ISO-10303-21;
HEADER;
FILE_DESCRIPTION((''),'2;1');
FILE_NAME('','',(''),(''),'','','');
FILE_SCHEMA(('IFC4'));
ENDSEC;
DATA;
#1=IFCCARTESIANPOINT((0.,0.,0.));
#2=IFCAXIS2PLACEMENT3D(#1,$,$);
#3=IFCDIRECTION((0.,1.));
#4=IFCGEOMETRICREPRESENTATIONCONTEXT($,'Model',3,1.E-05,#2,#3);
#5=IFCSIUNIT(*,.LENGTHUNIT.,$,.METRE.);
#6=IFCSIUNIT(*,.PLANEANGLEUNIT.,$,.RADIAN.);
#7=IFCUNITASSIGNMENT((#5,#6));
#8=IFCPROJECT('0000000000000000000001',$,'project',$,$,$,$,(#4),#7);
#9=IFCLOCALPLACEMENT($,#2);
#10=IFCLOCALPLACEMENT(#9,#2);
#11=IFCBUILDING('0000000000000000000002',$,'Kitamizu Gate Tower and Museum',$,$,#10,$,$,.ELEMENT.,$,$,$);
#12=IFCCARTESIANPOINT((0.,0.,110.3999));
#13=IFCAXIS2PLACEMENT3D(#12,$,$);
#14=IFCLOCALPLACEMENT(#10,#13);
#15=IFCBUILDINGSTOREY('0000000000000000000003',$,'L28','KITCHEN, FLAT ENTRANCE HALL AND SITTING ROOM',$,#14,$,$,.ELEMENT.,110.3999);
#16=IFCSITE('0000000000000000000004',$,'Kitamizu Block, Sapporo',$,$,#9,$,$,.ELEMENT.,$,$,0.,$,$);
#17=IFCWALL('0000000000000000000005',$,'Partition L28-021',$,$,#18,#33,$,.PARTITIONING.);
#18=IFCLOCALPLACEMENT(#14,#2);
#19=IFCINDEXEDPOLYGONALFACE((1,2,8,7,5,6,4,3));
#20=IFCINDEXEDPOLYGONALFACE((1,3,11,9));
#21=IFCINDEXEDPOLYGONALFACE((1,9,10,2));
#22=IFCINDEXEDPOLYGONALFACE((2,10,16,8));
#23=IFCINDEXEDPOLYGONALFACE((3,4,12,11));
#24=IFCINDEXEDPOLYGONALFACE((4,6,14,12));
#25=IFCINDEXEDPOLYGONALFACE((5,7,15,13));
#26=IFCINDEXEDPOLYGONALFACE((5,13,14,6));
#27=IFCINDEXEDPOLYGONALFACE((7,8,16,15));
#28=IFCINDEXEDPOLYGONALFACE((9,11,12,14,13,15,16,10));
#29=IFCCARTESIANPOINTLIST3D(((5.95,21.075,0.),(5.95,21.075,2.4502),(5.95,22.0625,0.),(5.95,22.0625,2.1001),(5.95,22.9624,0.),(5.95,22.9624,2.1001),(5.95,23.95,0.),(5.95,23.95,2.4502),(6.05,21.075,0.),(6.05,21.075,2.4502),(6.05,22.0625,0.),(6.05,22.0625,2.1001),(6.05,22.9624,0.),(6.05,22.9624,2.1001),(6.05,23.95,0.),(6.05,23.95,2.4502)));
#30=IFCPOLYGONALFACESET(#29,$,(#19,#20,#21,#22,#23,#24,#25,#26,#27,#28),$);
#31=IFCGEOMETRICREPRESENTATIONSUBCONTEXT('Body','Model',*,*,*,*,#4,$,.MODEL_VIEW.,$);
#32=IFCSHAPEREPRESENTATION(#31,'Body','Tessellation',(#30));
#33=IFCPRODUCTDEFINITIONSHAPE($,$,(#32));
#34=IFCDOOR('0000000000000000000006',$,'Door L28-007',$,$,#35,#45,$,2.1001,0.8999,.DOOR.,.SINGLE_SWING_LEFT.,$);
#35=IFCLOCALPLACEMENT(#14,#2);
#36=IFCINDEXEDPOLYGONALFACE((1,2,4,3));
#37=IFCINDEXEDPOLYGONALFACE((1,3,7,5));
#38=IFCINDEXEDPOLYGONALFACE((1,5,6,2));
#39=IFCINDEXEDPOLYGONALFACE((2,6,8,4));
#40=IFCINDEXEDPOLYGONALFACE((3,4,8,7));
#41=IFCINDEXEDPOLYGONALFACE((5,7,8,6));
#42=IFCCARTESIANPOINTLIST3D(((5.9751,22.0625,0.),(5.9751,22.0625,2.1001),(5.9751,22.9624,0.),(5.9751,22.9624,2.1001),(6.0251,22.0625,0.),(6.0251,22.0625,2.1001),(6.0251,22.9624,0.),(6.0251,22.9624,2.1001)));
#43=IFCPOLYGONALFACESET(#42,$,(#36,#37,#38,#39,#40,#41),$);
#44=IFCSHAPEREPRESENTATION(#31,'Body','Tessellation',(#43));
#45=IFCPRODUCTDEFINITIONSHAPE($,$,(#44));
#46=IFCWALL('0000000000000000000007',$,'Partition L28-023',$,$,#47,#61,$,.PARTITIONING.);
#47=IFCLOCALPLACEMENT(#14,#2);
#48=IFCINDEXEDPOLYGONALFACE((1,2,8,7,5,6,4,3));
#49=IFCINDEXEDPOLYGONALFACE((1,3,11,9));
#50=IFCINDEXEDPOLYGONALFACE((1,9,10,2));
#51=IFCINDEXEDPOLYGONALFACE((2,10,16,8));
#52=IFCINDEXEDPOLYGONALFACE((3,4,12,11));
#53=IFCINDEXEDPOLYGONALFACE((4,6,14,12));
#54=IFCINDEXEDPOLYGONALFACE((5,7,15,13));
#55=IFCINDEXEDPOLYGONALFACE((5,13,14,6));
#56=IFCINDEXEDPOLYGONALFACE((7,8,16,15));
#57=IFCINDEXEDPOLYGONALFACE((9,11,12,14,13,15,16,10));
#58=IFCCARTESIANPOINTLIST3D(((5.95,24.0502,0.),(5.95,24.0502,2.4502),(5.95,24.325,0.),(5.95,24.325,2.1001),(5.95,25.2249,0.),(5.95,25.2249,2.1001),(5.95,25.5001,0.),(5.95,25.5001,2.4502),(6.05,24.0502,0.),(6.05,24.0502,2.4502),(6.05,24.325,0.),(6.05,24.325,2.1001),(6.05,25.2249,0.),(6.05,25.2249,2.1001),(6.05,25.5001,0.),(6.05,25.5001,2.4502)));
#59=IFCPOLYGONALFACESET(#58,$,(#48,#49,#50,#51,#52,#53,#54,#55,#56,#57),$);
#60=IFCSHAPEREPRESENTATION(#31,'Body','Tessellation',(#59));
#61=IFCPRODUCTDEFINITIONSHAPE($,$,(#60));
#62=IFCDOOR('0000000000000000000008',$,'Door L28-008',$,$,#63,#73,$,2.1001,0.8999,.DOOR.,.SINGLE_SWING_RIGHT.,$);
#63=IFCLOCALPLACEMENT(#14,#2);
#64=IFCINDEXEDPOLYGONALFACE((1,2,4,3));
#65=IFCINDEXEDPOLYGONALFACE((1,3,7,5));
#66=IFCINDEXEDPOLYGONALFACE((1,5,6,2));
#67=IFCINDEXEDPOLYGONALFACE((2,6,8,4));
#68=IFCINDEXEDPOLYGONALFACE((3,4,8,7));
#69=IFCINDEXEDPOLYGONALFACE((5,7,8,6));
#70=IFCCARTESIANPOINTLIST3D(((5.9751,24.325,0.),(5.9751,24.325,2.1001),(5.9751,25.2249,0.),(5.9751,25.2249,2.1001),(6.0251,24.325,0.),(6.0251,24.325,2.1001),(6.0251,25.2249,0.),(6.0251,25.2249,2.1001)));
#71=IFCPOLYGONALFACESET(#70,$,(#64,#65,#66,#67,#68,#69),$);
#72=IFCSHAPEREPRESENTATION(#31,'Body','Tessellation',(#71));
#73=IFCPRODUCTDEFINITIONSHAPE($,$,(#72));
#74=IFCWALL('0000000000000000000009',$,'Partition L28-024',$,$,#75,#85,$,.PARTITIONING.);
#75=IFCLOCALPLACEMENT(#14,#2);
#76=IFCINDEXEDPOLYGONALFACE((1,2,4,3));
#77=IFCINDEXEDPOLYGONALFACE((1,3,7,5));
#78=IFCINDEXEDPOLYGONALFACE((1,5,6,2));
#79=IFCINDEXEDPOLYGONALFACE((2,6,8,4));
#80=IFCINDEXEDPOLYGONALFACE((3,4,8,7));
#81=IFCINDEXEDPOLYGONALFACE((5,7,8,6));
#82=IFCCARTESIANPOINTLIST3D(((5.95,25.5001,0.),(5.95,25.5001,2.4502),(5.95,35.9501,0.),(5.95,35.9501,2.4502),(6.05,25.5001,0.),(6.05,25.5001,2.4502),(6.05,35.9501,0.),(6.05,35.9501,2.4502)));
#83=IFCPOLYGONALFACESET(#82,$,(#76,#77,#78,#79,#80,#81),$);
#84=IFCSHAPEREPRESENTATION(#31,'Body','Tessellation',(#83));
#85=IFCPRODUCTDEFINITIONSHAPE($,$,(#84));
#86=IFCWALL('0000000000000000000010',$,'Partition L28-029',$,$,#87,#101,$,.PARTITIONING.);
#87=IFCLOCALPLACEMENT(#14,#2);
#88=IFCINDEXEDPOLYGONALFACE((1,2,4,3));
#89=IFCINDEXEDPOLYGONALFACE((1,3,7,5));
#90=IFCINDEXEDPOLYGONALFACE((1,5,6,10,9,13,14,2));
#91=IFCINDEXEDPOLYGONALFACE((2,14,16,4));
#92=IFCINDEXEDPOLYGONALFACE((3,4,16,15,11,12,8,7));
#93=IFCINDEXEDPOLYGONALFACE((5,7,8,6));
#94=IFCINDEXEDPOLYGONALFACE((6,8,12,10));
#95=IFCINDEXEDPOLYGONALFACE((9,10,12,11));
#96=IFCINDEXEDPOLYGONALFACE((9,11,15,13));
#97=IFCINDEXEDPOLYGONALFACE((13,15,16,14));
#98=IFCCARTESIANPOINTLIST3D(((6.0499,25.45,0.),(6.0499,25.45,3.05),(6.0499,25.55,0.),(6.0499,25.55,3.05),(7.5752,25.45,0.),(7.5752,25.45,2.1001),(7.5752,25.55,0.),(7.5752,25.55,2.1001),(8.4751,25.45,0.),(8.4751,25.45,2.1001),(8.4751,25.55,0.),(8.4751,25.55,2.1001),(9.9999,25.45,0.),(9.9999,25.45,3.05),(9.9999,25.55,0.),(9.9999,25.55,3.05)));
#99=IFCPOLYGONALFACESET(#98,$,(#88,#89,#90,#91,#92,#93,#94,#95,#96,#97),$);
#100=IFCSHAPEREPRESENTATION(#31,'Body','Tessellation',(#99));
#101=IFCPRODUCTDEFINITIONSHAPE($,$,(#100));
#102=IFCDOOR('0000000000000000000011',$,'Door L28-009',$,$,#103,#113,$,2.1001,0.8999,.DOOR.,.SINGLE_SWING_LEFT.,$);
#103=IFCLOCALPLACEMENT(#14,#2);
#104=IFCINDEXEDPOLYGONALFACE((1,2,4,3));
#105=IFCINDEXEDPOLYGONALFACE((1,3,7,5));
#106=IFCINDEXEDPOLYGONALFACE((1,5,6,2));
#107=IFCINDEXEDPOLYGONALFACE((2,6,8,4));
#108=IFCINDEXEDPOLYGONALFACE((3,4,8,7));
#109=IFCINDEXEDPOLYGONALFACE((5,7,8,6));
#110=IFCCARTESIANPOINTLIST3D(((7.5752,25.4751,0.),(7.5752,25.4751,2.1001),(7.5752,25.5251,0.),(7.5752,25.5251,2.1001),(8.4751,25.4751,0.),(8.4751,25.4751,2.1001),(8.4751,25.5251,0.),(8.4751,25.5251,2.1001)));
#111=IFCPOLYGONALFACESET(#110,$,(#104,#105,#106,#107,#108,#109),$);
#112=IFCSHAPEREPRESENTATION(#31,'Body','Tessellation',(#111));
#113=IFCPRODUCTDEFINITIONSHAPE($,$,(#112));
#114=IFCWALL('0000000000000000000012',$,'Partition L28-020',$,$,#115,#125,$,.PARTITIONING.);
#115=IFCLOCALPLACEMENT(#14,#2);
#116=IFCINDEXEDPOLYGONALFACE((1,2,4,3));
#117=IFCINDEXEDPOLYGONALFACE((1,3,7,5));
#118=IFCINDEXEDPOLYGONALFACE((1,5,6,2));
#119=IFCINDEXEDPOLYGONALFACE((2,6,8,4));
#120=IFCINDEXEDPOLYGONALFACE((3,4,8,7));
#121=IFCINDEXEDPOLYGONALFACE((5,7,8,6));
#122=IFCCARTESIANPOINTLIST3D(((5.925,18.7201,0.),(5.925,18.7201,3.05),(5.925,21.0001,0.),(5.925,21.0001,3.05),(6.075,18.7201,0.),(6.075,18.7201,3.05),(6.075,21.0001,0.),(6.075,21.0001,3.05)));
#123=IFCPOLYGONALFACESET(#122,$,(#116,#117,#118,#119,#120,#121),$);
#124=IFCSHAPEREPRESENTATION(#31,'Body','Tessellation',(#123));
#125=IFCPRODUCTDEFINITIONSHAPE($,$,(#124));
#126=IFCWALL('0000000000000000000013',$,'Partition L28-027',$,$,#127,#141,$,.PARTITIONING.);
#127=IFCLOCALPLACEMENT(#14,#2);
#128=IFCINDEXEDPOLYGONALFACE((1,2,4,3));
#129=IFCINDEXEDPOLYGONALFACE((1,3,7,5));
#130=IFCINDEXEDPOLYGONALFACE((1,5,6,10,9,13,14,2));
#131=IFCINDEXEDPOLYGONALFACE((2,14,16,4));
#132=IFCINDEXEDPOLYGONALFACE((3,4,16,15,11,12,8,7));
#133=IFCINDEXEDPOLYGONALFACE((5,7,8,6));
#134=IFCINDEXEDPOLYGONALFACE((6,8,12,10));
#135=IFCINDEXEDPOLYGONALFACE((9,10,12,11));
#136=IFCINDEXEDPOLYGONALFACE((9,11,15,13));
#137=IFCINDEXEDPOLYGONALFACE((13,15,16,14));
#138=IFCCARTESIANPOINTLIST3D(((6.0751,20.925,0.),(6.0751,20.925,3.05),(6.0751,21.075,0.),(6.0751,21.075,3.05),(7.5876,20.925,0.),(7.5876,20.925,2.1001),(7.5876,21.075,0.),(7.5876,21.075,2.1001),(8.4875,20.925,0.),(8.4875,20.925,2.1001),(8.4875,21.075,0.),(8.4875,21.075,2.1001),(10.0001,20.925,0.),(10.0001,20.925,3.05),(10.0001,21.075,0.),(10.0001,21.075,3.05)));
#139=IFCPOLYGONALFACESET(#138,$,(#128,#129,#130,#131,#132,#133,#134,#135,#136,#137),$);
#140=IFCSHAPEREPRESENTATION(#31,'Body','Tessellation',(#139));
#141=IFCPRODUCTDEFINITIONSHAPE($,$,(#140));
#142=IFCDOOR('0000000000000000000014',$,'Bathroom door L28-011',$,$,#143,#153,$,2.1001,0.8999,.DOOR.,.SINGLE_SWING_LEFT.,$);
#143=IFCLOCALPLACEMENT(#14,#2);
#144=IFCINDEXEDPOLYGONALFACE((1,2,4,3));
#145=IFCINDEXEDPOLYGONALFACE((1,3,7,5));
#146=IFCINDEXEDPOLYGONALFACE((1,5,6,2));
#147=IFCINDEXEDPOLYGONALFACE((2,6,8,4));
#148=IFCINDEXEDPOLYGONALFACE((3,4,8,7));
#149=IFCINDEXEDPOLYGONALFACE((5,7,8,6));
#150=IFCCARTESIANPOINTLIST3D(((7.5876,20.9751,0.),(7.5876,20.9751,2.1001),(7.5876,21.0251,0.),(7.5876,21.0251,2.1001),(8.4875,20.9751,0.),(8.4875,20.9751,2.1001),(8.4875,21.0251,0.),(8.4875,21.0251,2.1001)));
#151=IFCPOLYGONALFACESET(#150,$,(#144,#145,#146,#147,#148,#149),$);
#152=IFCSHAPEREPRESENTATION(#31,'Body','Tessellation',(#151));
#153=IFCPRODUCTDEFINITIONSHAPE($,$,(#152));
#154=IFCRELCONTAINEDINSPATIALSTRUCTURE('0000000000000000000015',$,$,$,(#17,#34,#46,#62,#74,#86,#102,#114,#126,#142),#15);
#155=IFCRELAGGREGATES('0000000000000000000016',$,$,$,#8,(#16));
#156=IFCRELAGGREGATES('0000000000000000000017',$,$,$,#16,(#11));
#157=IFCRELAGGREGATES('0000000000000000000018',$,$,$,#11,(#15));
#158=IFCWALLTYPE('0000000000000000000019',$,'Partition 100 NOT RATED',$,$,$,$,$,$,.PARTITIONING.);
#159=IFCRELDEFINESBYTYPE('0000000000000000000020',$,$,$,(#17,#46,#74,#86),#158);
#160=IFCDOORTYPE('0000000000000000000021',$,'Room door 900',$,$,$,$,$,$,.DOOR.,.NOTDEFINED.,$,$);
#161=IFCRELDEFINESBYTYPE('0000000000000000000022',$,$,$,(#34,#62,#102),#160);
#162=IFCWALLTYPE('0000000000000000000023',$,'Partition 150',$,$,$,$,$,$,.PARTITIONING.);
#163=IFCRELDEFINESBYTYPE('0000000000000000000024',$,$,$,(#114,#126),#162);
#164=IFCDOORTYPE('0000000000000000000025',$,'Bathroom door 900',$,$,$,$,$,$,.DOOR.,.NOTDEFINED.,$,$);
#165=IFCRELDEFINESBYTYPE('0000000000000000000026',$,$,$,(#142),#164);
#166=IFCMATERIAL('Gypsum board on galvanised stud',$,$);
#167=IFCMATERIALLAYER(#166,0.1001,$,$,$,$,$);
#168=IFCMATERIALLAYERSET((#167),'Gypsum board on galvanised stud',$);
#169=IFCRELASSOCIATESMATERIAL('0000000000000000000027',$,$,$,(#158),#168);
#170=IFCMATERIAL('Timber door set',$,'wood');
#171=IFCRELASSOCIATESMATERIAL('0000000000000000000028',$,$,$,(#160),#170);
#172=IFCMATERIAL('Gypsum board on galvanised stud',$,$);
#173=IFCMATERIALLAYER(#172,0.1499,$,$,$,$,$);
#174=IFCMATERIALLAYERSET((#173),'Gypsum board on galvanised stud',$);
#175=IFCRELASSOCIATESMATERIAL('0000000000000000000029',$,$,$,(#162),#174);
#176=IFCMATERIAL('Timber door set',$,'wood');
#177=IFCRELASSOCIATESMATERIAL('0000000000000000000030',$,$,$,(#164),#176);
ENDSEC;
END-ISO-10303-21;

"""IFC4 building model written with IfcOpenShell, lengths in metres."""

from ifc_helpers import new_model, si_unit, direction, frame, frame_2d, origin, place, context, subcontext, project, spatial, rectangle, extrude, material, layer, layer_set, type_object, element, fill, save


model = new_model("IFC4")

# Units and contexts
model_context = context("Model", 3, precision=1e-05, world=origin(), true_north=direction((0.0, 1.0)))
body_context = subcontext(model_context, "Body", "Model", "MODEL_VIEW")
ifc_project = project(units=[si_unit("LENGTHUNIT", "METRE"), si_unit("PLANEANGLEUNIT", "RADIAN")], contexts=[model_context])

# Site, building, storey
site_placement = place(None, origin())
site = spatial("IfcSite", under=ifc_project, at=site_placement, Name="Kitamizu Block, Sapporo", CompositionType="ELEMENT", RefElevation=0.0)
building_placement = place(site_placement, origin())
building = spatial("IfcBuilding", under=site, at=building_placement, Name="Kitamizu Gate Tower and Museum", CompositionType="ELEMENT")
storey_placement = place(building_placement, frame((0.0, 0.0, 110.3999)))
storey = spatial("IfcBuildingStorey", under=building, at=storey_placement, Name="L28", Description="KITCHEN, FLAT ENTRANCE HALL AND SITTING ROOM", CompositionType="ELEMENT", Elevation=110.3999)

# Shared definitions
ifc_material_1 = material(Name="Gypsum board on galvanised stud")
ifc_layer_1 = layer(ifc_material_1, 0.1001)
ifc_layer_set_1 = layer_set([ifc_layer_1], Name="Gypsum board on galvanised stud")
wall_type_1 = type_object("IfcWallType", Name="Partition 100 NOT RATED", PredefinedType="PARTITIONING", material=ifc_layer_set_1)

# Walls, openings, doors
wall_1_placement = place(storey_placement, frame((6.0, 21.075, 0.0), z_axis=(0.0, 0.0, 1.0), x_axis=(0.0, 1.0, 0.0)))
wall_1 = element("IfcWall", 1, at=wall_1_placement, inside=storey, type_object=wall_type_1, Name="Partition L28-021", PredefinedType="PARTITIONING", context=body_context, shape_type="SweptSolid", body=[
    extrude(rectangle(XDim=2.875, YDim=0.1001, at=frame_2d((1.4375, 0.0))), origin(), (0.0, 0.0, 1.0), 2.4502),
])
opening_1_placement = place(wall_1_placement, frame((0.9875, 0.0, 0.0)))
opening_1 = element("IfcOpeningElement", 2, at=opening_1_placement, cuts=wall_1, PredefinedType="OPENING", context=body_context, shape_type="SweptSolid", body=[
    extrude(rectangle(XDim=0.8999, YDim=2.1001, at=frame_2d((0.45, 1.05))), frame((0.0, 0.0601, 0.0), z_axis=(0.0, -1.0, 0.0), x_axis=(1.0, 0.0, 0.0)), (0.0, 0.0, 1.0), 0.1201),
])
ifc_material_2 = material(Name="Timber door set", Category="wood")
door_type_1 = type_object("IfcDoorType", Name="Room door 900", OperationType="NOTDEFINED", PredefinedType="DOOR", material=ifc_material_2)
door_1_placement = place(opening_1_placement, origin())
door_1 = element("IfcDoor", 3, at=door_1_placement, inside=storey, type_object=door_type_1, Name="Door L28-007", OperationType="SINGLE_SWING_LEFT", OverallHeight=2.1001, OverallWidth=0.8999, PredefinedType="DOOR", context=body_context, shape_type="SweptSolid", body=[
    extrude(rectangle(XDim=0.8999, YDim=2.1001, at=frame_2d((0.45, 1.05))), frame((0.0, 0.0249, 0.0), z_axis=(0.0, -1.0, 0.0), x_axis=(1.0, 0.0, 0.0)), (0.0, 0.0, 1.0), 0.05),
])
fill(opening_1, door_1)
wall_2_placement = place(storey_placement, frame((6.0, 24.05, 0.0), z_axis=(0.0, 0.0, 1.0), x_axis=(0.0, 1.0, 0.0)))
wall_2 = element("IfcWall", 4, at=wall_2_placement, inside=storey, type_object=wall_type_1, Name="Partition L28-023", PredefinedType="PARTITIONING", context=body_context, shape_type="SweptSolid", body=[
    extrude(rectangle(XDim=1.45, YDim=0.1001, at=frame_2d((0.7251, 0.0))), origin(), (0.0, 0.0, 1.0), 2.4502),
])
opening_2_placement = place(wall_2_placement, frame((0.2749, 0.0, 0.0)))
opening_2 = element("IfcOpeningElement", 5, at=opening_2_placement, cuts=wall_2, PredefinedType="OPENING", context=body_context, shape_type="SweptSolid", body=[
    extrude(rectangle(XDim=0.8999, YDim=2.1001, at=frame_2d((0.45, 1.05))), frame((0.0, 0.0601, 0.0), z_axis=(0.0, -1.0, 0.0), x_axis=(1.0, 0.0, 0.0)), (0.0, 0.0, 1.0), 0.1201),
])
door_2_placement = place(opening_2_placement, origin())
door_2 = element("IfcDoor", 6, at=door_2_placement, inside=storey, type_object=door_type_1, Name="Door L28-008", OperationType="SINGLE_SWING_RIGHT", OverallHeight=2.1001, OverallWidth=0.8999, PredefinedType="DOOR", context=body_context, shape_type="SweptSolid", body=[
    extrude(rectangle(XDim=0.8999, YDim=2.1001, at=frame_2d((0.45, 1.05))), frame((0.0, 0.0249, 0.0), z_axis=(0.0, -1.0, 0.0), x_axis=(1.0, 0.0, 0.0)), (0.0, 0.0, 1.0), 0.05),
])
fill(opening_2, door_2)

# Wall
wall_3_placement = place(storey_placement, frame((6.0, 25.5, 0.0), z_axis=(0.0, 0.0, 1.0), x_axis=(0.0, 1.0, 0.0)))
element("IfcWall", 7, at=wall_3_placement, inside=storey, type_object=wall_type_1, Name="Partition L28-024", PredefinedType="PARTITIONING", context=body_context, shape_type="SweptSolid", body=[
    extrude(rectangle(XDim=10.45, YDim=0.1001, at=frame_2d((5.2251, 0.0))), origin(), (0.0, 0.0, 1.0), 2.4502),
])

# Wall, opening, door
wall_4_placement = place(storey_placement, frame((10.0, 25.5, 0.0), z_axis=(0.0, 0.0, 1.0), x_axis=(-1.0, 0.0, 0.0)))
wall_4 = element("IfcWall", 8, at=wall_4_placement, inside=storey, type_object=wall_type_1, Name="Partition L28-029", PredefinedType="PARTITIONING", context=body_context, shape_type="SweptSolid", body=[
    extrude(rectangle(XDim=3.95, YDim=0.1001, at=frame_2d((1.9751, 0.0))), origin(), (0.0, 0.0, 1.0), 3.05),
])
opening_3_placement = place(wall_4_placement, frame((1.5249, 0.0, 0.0)))
opening_3 = element("IfcOpeningElement", 9, at=opening_3_placement, cuts=wall_4, PredefinedType="OPENING", context=body_context, shape_type="SweptSolid", body=[
    extrude(rectangle(XDim=0.8999, YDim=2.1001, at=frame_2d((0.45, 1.05))), frame((0.0, 0.0601, 0.0), z_axis=(0.0, -1.0, 0.0), x_axis=(1.0, 0.0, 0.0)), (0.0, 0.0, 1.0), 0.1201),
])
door_3_placement = place(opening_3_placement, origin())
door_3 = element("IfcDoor", 10, at=door_3_placement, inside=storey, type_object=door_type_1, Name="Door L28-009", OperationType="SINGLE_SWING_LEFT", OverallHeight=2.1001, OverallWidth=0.8999, PredefinedType="DOOR", context=body_context, shape_type="SweptSolid", body=[
    extrude(rectangle(XDim=0.8999, YDim=2.1001, at=frame_2d((0.45, 1.05))), frame((0.0, 0.0249, 0.0), z_axis=(0.0, -1.0, 0.0), x_axis=(1.0, 0.0, 0.0)), (0.0, 0.0, 1.0), 0.05),
])
fill(opening_3, door_3)

# Wall
ifc_material_3 = material(Name="Gypsum board on galvanised stud")
ifc_layer_2 = layer(ifc_material_3, 0.1499)
ifc_layer_set_2 = layer_set([ifc_layer_2], Name="Gypsum board on galvanised stud")
wall_type_2 = type_object("IfcWallType", Name="Partition 150", PredefinedType="PARTITIONING", material=ifc_layer_set_2)
wall_5_placement = place(storey_placement, frame((6.0, 18.72, 0.0), z_axis=(0.0, 0.0, 1.0), x_axis=(0.0, 1.0, 0.0)))
element("IfcWall", 11, at=wall_5_placement, inside=storey, type_object=wall_type_2, Name="Partition L28-020", PredefinedType="PARTITIONING", context=body_context, shape_type="SweptSolid", body=[
    extrude(rectangle(XDim=2.28, YDim=0.1499, at=frame_2d((1.1401, 0.0))), origin(), (0.0, 0.0, 1.0), 3.05),
])

# Wall, opening, door
wall_6_placement = place(storey_placement, frame((10.0, 21.0, 0.0), z_axis=(0.0, 0.0, 1.0), x_axis=(-1.0, 0.0, 0.0)))
wall_6 = element("IfcWall", 12, at=wall_6_placement, inside=storey, type_object=wall_type_2, Name="Partition L28-027", PredefinedType="PARTITIONING", context=body_context, shape_type="SweptSolid", body=[
    extrude(rectangle(XDim=3.925, YDim=0.1499, at=frame_2d((1.9624, 0.0))), origin(), (0.0, 0.0, 1.0), 3.05),
])
opening_4_placement = place(wall_6_placement, frame((1.5125, 0.0, 0.0)))
opening_4 = element("IfcOpeningElement", 13, at=opening_4_placement, cuts=wall_6, PredefinedType="OPENING", context=body_context, shape_type="SweptSolid", body=[
    extrude(rectangle(XDim=0.8999, YDim=2.1001, at=frame_2d((0.45, 1.05))), frame((0.0, 0.085, 0.0), z_axis=(0.0, -1.0, 0.0), x_axis=(1.0, 0.0, 0.0)), (0.0, 0.0, 1.0), 0.1699),
])
ifc_material_4 = material(Name="Timber door set", Category="wood")
door_type_2 = type_object("IfcDoorType", Name="Bathroom door 900", OperationType="NOTDEFINED", PredefinedType="DOOR", material=ifc_material_4)
door_4_placement = place(opening_4_placement, origin())
door_4 = element("IfcDoor", 14, at=door_4_placement, inside=storey, type_object=door_type_2, Name="Bathroom door L28-011", OperationType="SINGLE_SWING_LEFT", OverallHeight=2.1001, OverallWidth=0.8999, PredefinedType="DOOR", context=body_context, shape_type="SweptSolid", body=[
    extrude(rectangle(XDim=0.8999, YDim=2.1001, at=frame_2d((0.45, 1.05))), frame((0.0, 0.0249, 0.0), z_axis=(0.0, -1.0, 0.0), x_axis=(1.0, 0.0, 0.0)), (0.0, 0.0, 1.0), 0.05),
])
fill(opening_4, door_4)

save(model, "model.ifc")
